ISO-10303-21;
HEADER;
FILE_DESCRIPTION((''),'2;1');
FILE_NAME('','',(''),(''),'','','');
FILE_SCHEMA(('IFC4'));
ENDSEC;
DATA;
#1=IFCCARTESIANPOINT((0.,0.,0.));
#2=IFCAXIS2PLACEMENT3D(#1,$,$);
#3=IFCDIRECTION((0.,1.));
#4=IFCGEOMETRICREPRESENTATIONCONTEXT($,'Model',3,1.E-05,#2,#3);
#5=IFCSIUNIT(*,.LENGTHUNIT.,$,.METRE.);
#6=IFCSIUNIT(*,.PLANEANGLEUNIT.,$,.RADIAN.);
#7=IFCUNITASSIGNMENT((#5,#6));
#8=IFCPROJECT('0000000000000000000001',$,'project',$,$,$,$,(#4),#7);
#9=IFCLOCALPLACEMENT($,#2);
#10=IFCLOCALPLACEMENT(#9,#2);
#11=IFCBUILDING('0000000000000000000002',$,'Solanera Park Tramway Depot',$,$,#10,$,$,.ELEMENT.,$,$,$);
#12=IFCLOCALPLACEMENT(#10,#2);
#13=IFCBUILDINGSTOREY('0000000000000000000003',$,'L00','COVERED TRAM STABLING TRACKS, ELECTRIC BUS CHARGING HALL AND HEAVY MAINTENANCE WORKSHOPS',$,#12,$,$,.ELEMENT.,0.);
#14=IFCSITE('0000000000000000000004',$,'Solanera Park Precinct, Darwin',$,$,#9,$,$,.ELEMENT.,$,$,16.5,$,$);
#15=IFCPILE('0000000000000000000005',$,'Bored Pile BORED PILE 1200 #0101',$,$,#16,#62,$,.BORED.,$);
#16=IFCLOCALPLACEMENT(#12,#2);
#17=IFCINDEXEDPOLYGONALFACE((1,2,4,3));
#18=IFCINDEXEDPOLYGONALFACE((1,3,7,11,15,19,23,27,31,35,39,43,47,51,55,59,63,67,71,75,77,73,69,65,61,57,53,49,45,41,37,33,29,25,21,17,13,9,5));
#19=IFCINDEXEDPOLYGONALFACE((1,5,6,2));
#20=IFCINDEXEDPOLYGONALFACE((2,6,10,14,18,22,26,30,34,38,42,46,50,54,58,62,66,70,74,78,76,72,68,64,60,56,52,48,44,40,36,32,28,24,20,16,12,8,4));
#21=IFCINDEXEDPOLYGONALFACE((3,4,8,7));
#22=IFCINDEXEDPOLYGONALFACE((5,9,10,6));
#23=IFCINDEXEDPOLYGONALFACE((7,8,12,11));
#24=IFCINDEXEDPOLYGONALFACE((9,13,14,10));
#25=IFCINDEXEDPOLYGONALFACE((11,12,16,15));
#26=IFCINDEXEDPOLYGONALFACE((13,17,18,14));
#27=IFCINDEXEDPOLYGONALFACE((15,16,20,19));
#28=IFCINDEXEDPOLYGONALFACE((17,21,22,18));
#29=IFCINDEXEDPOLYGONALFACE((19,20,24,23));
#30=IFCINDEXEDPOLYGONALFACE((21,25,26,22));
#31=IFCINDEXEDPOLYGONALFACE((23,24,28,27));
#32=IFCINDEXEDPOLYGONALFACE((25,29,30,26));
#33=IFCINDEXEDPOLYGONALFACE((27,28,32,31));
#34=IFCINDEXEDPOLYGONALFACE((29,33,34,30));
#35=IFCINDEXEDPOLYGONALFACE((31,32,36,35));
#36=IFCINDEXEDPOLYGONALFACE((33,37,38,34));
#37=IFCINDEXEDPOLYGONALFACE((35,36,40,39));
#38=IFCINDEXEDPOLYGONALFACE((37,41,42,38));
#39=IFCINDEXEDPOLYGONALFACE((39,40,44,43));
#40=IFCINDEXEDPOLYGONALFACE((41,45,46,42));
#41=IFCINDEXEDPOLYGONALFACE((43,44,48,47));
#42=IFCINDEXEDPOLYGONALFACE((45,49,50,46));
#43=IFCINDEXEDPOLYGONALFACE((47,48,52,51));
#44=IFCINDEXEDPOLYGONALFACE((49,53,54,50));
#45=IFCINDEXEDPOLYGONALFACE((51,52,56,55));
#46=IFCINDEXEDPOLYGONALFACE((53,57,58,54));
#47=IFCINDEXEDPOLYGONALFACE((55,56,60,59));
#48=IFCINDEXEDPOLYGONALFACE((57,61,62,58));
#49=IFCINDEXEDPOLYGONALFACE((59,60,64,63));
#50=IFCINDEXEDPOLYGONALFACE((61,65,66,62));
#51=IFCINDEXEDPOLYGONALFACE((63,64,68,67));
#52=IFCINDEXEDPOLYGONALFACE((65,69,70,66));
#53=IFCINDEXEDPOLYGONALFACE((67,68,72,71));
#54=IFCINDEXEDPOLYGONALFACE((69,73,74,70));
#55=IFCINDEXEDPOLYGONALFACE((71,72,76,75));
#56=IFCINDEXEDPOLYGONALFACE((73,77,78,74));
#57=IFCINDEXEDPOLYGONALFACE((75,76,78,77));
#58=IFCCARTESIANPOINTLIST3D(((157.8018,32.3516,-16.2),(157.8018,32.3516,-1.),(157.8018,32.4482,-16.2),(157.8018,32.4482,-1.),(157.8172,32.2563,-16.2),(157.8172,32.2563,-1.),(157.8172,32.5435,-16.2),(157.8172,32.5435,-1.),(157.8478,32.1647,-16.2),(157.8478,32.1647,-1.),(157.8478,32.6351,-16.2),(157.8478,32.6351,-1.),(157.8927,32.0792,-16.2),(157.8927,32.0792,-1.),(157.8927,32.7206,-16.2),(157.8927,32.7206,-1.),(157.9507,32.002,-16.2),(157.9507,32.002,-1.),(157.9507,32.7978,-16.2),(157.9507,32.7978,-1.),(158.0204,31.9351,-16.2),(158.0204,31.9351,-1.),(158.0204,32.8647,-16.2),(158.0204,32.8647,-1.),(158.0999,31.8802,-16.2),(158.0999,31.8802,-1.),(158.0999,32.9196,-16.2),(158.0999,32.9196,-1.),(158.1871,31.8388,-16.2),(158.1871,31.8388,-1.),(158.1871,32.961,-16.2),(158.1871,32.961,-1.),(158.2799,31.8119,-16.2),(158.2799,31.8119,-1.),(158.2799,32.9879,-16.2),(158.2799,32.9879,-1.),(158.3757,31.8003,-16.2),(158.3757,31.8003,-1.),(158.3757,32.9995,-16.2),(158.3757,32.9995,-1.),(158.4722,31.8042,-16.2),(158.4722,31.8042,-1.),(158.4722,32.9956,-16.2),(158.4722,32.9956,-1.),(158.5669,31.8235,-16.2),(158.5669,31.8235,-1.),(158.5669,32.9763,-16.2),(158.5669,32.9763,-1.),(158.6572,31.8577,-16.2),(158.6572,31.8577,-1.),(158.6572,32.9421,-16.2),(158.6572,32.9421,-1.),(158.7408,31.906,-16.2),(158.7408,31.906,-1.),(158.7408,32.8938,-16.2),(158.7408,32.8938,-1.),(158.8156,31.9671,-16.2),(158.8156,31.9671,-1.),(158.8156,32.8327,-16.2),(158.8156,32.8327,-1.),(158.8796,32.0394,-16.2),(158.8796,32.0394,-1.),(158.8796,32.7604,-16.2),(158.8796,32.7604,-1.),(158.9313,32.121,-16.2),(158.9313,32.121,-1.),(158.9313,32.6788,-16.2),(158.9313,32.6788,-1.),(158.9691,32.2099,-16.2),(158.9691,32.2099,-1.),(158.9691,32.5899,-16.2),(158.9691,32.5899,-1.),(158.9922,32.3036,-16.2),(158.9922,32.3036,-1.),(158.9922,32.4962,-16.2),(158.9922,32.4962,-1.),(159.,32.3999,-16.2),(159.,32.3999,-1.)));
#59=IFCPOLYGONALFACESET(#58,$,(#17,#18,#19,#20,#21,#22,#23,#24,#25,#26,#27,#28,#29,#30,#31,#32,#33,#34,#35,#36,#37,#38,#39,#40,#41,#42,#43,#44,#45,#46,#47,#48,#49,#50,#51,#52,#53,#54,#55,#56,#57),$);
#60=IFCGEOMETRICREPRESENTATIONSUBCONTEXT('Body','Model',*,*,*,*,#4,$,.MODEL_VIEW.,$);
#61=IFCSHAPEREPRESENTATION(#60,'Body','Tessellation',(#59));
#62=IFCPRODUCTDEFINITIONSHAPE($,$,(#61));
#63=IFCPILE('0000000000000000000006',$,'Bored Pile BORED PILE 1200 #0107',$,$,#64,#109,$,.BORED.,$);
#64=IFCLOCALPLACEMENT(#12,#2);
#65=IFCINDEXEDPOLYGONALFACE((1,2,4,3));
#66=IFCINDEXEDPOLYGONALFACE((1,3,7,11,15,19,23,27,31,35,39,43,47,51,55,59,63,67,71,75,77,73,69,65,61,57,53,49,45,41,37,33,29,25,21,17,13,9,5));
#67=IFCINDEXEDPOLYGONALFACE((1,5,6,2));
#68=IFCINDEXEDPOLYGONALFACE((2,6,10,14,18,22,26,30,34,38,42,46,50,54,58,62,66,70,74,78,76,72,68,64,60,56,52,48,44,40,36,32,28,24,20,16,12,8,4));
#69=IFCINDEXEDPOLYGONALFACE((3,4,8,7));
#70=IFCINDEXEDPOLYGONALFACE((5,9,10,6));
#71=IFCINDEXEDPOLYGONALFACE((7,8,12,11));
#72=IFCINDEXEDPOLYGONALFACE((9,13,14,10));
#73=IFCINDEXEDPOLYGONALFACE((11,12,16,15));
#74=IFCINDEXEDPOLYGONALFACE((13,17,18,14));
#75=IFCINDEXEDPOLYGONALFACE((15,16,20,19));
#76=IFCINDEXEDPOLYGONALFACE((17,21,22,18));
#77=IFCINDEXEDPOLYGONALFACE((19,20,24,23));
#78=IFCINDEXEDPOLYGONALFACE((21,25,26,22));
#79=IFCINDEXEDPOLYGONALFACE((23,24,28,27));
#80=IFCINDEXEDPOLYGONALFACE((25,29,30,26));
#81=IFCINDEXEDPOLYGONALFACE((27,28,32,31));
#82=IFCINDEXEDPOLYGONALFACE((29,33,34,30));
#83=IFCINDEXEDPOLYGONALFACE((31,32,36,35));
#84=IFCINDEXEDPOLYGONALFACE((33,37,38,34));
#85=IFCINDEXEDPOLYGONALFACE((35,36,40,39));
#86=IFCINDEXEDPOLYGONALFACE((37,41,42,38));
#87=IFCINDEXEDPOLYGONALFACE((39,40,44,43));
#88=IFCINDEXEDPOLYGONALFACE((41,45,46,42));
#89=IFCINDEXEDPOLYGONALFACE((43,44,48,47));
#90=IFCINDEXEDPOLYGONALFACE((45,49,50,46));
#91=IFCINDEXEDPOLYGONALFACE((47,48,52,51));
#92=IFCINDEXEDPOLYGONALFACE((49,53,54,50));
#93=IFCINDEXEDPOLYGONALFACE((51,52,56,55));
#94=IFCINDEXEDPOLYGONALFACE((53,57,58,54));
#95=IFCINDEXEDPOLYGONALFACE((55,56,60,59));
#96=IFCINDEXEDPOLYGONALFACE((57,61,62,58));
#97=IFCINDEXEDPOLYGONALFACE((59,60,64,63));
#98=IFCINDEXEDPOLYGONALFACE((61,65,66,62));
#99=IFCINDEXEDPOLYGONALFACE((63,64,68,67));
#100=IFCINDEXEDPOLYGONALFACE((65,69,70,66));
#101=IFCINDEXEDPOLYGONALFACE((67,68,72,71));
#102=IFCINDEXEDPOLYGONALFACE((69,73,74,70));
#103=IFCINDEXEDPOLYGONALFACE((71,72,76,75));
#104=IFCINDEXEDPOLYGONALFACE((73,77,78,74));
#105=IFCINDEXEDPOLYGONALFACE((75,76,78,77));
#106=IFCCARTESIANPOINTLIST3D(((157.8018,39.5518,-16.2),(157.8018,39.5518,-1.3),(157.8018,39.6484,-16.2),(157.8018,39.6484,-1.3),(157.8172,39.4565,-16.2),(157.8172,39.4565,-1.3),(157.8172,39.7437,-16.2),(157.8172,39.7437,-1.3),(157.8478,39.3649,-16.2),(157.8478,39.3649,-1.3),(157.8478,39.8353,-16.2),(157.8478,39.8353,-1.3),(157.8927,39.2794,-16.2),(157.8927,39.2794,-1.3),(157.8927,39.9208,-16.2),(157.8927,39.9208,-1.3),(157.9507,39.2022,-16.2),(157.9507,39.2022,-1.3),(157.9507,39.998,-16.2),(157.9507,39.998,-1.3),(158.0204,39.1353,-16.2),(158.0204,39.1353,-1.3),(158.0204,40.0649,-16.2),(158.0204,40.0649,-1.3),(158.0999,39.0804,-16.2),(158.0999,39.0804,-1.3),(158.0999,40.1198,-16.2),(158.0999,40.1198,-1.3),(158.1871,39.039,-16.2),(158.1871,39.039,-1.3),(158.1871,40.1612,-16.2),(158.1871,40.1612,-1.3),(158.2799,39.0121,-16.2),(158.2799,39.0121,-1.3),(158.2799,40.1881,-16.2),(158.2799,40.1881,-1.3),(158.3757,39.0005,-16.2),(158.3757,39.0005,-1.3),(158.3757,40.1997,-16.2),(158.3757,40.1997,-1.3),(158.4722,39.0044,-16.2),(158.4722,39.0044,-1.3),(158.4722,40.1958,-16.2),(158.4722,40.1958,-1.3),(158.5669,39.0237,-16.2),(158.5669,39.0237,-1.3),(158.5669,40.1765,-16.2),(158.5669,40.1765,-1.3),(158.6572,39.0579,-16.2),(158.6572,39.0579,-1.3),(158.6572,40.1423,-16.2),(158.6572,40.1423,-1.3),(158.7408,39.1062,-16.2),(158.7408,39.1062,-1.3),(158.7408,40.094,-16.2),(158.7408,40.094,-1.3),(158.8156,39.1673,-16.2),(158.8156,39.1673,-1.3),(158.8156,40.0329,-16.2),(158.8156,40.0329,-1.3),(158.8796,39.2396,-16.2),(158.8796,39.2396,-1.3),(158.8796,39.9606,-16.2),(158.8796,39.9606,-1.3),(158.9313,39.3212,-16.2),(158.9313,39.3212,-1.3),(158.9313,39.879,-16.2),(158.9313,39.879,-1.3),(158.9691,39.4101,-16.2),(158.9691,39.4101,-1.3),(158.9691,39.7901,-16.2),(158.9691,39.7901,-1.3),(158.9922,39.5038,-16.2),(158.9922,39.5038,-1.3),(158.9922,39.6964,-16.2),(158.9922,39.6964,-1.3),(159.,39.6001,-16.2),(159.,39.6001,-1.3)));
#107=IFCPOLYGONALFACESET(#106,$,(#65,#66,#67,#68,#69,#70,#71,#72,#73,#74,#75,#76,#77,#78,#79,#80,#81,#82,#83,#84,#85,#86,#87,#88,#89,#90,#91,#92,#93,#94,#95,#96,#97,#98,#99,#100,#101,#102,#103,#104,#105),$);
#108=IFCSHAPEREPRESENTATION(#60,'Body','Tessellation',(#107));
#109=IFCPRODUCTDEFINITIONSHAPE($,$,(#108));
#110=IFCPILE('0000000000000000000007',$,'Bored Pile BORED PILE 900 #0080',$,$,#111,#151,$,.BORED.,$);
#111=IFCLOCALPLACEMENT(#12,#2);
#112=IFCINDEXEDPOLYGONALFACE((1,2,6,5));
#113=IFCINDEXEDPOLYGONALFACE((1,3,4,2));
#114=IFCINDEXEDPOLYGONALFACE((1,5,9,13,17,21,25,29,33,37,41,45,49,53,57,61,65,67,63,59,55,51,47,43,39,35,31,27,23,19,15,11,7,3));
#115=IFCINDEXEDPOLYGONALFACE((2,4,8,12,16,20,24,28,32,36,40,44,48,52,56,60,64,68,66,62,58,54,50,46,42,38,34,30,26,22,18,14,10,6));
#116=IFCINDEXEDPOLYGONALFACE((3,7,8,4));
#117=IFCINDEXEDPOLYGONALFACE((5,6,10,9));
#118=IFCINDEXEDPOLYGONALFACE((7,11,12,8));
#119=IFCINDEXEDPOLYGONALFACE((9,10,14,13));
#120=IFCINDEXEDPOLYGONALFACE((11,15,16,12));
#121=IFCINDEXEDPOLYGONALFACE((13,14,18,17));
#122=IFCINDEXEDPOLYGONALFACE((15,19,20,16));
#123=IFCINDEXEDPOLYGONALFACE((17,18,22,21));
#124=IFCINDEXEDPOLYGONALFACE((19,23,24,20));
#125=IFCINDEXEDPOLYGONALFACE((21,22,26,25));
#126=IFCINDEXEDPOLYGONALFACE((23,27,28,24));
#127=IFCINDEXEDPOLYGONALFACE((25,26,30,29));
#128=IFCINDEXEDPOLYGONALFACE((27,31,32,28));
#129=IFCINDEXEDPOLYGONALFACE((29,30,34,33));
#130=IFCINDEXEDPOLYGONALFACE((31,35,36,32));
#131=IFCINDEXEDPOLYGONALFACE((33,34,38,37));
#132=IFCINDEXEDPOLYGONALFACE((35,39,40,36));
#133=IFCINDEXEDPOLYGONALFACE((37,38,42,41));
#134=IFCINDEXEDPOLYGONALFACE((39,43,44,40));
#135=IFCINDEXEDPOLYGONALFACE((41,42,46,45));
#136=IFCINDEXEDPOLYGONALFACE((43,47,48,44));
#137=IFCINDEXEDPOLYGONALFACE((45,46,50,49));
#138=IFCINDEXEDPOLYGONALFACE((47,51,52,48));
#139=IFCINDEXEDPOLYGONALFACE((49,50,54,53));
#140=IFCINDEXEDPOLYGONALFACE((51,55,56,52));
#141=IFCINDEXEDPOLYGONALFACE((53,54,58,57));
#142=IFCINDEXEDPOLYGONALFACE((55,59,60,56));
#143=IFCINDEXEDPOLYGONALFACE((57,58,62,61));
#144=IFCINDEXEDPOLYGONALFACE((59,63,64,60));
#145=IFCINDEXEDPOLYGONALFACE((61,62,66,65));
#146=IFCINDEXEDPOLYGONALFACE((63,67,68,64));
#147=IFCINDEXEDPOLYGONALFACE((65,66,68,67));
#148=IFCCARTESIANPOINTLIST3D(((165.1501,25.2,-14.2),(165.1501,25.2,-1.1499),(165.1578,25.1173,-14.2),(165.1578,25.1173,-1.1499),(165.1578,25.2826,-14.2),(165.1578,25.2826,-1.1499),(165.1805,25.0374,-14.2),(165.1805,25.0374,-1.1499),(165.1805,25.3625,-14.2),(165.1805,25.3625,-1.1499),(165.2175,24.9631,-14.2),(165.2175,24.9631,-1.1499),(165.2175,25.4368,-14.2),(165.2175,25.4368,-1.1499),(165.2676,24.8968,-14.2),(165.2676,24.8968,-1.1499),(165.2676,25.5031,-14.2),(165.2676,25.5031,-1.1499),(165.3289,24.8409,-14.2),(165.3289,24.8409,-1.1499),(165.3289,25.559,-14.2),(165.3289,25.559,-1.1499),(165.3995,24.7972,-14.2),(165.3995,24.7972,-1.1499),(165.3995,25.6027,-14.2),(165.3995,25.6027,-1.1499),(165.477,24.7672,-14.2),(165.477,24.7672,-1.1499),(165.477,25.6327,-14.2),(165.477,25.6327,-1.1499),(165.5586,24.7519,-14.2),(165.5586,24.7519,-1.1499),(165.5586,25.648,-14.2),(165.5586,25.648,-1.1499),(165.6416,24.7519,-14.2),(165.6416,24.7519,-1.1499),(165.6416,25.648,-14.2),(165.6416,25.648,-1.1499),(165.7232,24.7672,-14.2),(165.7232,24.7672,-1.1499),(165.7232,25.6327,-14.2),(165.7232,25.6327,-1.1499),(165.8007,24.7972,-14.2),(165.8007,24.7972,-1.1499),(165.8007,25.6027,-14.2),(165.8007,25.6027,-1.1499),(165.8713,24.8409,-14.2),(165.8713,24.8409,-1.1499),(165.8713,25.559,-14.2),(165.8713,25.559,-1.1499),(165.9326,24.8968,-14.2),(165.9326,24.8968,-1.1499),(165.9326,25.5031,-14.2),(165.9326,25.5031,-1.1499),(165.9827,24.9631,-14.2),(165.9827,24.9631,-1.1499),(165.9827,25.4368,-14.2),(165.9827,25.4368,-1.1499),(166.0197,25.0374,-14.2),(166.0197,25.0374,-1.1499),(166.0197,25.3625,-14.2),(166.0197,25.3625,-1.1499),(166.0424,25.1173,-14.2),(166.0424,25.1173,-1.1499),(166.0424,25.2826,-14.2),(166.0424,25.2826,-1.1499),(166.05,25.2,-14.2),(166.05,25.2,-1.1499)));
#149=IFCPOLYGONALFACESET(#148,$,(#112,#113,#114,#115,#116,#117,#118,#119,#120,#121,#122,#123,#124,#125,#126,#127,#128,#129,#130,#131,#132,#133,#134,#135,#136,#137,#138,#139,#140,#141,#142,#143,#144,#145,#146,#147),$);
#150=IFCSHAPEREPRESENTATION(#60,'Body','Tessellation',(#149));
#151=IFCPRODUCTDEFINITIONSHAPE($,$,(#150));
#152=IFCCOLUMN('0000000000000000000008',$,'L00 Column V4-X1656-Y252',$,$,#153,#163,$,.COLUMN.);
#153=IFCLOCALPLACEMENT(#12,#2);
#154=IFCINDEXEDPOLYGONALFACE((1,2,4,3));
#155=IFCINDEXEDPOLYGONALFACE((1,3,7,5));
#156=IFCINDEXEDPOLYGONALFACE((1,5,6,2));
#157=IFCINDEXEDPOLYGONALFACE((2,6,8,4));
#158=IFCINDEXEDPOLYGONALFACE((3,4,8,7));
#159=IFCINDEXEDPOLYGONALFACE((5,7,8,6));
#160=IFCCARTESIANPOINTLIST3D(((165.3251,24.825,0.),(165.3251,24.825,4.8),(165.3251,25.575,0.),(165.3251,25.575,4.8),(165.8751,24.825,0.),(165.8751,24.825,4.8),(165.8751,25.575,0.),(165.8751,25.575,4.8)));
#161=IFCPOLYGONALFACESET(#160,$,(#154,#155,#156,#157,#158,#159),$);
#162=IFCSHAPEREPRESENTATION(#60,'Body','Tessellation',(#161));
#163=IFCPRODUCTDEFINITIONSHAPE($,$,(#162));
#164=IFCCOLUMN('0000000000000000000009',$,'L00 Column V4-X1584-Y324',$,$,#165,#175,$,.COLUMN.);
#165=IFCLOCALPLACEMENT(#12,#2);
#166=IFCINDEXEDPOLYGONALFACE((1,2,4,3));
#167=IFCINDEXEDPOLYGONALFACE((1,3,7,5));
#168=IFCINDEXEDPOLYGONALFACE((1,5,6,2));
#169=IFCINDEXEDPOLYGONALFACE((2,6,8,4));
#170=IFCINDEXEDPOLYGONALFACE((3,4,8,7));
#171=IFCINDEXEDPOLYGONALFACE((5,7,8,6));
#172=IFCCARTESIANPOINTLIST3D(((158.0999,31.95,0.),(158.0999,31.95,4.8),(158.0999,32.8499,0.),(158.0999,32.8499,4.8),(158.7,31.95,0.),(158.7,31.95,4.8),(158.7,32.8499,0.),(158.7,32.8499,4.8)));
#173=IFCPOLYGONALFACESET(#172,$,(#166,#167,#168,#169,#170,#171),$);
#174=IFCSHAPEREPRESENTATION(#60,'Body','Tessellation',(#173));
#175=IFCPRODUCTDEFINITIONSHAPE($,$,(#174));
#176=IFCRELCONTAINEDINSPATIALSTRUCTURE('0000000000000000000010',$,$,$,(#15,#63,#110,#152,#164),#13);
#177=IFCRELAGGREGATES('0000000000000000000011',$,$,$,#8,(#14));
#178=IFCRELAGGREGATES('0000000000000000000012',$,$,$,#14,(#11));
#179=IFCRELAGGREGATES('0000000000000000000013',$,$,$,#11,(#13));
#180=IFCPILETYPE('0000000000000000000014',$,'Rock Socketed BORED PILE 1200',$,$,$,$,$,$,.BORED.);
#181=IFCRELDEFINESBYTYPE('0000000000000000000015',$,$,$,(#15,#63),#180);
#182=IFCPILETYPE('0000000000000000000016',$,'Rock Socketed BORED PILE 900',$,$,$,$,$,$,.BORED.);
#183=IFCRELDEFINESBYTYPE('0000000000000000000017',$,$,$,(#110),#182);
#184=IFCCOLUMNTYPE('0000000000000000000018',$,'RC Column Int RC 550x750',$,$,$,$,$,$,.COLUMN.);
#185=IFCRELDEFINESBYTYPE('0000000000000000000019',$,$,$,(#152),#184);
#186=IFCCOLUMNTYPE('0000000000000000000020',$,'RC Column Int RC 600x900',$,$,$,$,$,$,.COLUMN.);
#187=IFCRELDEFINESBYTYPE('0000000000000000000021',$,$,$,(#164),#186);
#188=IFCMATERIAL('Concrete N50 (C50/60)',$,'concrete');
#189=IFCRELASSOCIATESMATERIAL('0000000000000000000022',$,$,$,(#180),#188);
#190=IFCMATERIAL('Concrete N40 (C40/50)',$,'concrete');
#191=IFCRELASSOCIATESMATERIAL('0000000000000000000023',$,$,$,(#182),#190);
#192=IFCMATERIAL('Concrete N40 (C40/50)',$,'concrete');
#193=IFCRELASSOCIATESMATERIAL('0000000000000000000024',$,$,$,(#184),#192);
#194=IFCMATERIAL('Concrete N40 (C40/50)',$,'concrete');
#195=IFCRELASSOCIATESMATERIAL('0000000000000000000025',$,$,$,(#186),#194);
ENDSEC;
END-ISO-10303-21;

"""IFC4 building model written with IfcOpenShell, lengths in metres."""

from ifc_helpers import new_model, si_unit, direction, frame, origin, origin_2d, place, context, subcontext, project, spatial, rectangle, circle, extrude, material, material_profile, profile_set, type_object, element, save


model = new_model("IFC4")

# Units and contexts
model_context = context("Model", 3, precision=1e-05, world=origin(), true_north=direction((0.0, 1.0)))
body_context = subcontext(model_context, "Body", "Model", "MODEL_VIEW")
ifc_project = project(units=[si_unit("LENGTHUNIT", "METRE"), si_unit("PLANEANGLEUNIT", "RADIAN")], contexts=[model_context])

# Site, building, storey
site_placement = place(None, origin())
site = spatial("IfcSite", under=ifc_project, at=site_placement, Name="Solanera Park Precinct, Darwin", CompositionType="ELEMENT", RefElevation=16.5)
building_placement = place(site_placement, origin())
building = spatial("IfcBuilding", under=site, at=building_placement, Name="Solanera Park Tramway Depot", CompositionType="ELEMENT")
storey_placement = place(building_placement, origin())
storey = spatial("IfcBuildingStorey", under=building, at=storey_placement, Name="L00", Description="COVERED TRAM STABLING TRACKS, ELECTRIC BUS CHARGING HALL AND HEAVY MAINTENANCE WORKSHOPS", CompositionType="ELEMENT", Elevation=0.0)

# Piles
ifc_material_1 = material(Name="Concrete N50 (C50/60)", Category="concrete")
ifc_material_profile_1 = material_profile(ifc_material_1, circle(Radius=0.6001, at=origin_2d()), Name="BORED PILE 1200")
ifc_profile_set_1 = profile_set([ifc_material_profile_1], Name="Concrete N50 (C50/60)")
pile_type_1 = type_object("IfcPileType", Name="Rock Socketed BORED PILE 1200", PredefinedType="BORED", material=ifc_profile_set_1)
pile_1_placement = place(storey_placement, frame((158.3999, 32.3999, -1.0), z_axis=(0.0, 0.0, -1.0), x_axis=(1.0, 0.0, 0.0)))
element("IfcPile", 1, at=pile_1_placement, inside=storey, type_object=pile_type_1, Name="Bored Pile BORED PILE 1200 #0101", PredefinedType="BORED", context=body_context, shape_type="SweptSolid", body=[
    extrude(circle(Radius=0.6001, at=origin_2d()), origin(), (0.0, 0.0, 1.0), 15.2),
])
pile_2_placement = place(storey_placement, frame((158.3999, 39.6001, -1.3), z_axis=(0.0, 0.0, -1.0), x_axis=(1.0, 0.0, 0.0)))
element("IfcPile", 2, at=pile_2_placement, inside=storey, type_object=pile_type_1, Name="Bored Pile BORED PILE 1200 #0107", PredefinedType="BORED", context=body_context, shape_type="SweptSolid", body=[
    extrude(circle(Radius=0.6001, at=origin_2d()), origin(), (0.0, 0.0, 1.0), 14.8999),
])
ifc_material_2 = material(Name="Concrete N40 (C40/50)", Category="concrete")
ifc_material_profile_2 = material_profile(ifc_material_2, circle(Radius=0.45, at=origin_2d()), Name="BORED PILE 900")
ifc_profile_set_2 = profile_set([ifc_material_profile_2], Name="Concrete N40 (C40/50)")
pile_type_2 = type_object("IfcPileType", Name="Rock Socketed BORED PILE 900", PredefinedType="BORED", material=ifc_profile_set_2)
pile_3_placement = place(storey_placement, frame((165.6001, 25.2, -1.1499), z_axis=(0.0, 0.0, -1.0), x_axis=(1.0, 0.0, 0.0)))
element("IfcPile", 3, at=pile_3_placement, inside=storey, type_object=pile_type_2, Name="Bored Pile BORED PILE 900 #0080", PredefinedType="BORED", context=body_context, shape_type="SweptSolid", body=[
    extrude(circle(Radius=0.45, at=origin_2d()), origin(), (0.0, 0.0, 1.0), 13.05),
])

# Columns
ifc_material_3 = material(Name="Concrete N40 (C40/50)", Category="concrete")
ifc_material_profile_3 = material_profile(ifc_material_3, rectangle(XDim=0.55, YDim=0.75, at=origin_2d()), Name="RC 550x750")
ifc_profile_set_3 = profile_set([ifc_material_profile_3], Name="Concrete N40 (C40/50)")
column_type_1 = type_object("IfcColumnType", Name="RC Column Int RC 550x750", PredefinedType="COLUMN", material=ifc_profile_set_3)
column_1_placement = place(storey_placement, frame((165.6001, 25.2, 0.0), z_axis=(0.0, 0.0, 1.0), x_axis=(1.0, 0.0, 0.0)))
element("IfcColumn", 4, at=column_1_placement, inside=storey, type_object=column_type_1, Name="L00 Column V4-X1656-Y252", PredefinedType="COLUMN", context=body_context, shape_type="SweptSolid", body=[
    extrude(rectangle(XDim=0.55, YDim=0.75, at=origin_2d()), origin(), (0.0, 0.0, 1.0), 4.8),
])
ifc_material_4 = material(Name="Concrete N40 (C40/50)", Category="concrete")
ifc_material_profile_4 = material_profile(ifc_material_4, rectangle(XDim=0.6001, YDim=0.8999, at=origin_2d()), Name="RC 600x900")
ifc_profile_set_4 = profile_set([ifc_material_profile_4], Name="Concrete N40 (C40/50)")
column_type_2 = type_object("IfcColumnType", Name="RC Column Int RC 600x900", PredefinedType="COLUMN", material=ifc_profile_set_4)
column_2_placement = place(storey_placement, frame((158.3999, 32.3999, 0.0), z_axis=(0.0, 0.0, 1.0), x_axis=(1.0, 0.0, 0.0)))
element("IfcColumn", 5, at=column_2_placement, inside=storey, type_object=column_type_2, Name="L00 Column V4-X1584-Y324", PredefinedType="COLUMN", context=body_context, shape_type="SweptSolid", body=[
    extrude(rectangle(XDim=0.6001, YDim=0.8999, at=origin_2d()), origin(), (0.0, 0.0, 1.0), 4.8),
])

save(model, "model.ifc")
